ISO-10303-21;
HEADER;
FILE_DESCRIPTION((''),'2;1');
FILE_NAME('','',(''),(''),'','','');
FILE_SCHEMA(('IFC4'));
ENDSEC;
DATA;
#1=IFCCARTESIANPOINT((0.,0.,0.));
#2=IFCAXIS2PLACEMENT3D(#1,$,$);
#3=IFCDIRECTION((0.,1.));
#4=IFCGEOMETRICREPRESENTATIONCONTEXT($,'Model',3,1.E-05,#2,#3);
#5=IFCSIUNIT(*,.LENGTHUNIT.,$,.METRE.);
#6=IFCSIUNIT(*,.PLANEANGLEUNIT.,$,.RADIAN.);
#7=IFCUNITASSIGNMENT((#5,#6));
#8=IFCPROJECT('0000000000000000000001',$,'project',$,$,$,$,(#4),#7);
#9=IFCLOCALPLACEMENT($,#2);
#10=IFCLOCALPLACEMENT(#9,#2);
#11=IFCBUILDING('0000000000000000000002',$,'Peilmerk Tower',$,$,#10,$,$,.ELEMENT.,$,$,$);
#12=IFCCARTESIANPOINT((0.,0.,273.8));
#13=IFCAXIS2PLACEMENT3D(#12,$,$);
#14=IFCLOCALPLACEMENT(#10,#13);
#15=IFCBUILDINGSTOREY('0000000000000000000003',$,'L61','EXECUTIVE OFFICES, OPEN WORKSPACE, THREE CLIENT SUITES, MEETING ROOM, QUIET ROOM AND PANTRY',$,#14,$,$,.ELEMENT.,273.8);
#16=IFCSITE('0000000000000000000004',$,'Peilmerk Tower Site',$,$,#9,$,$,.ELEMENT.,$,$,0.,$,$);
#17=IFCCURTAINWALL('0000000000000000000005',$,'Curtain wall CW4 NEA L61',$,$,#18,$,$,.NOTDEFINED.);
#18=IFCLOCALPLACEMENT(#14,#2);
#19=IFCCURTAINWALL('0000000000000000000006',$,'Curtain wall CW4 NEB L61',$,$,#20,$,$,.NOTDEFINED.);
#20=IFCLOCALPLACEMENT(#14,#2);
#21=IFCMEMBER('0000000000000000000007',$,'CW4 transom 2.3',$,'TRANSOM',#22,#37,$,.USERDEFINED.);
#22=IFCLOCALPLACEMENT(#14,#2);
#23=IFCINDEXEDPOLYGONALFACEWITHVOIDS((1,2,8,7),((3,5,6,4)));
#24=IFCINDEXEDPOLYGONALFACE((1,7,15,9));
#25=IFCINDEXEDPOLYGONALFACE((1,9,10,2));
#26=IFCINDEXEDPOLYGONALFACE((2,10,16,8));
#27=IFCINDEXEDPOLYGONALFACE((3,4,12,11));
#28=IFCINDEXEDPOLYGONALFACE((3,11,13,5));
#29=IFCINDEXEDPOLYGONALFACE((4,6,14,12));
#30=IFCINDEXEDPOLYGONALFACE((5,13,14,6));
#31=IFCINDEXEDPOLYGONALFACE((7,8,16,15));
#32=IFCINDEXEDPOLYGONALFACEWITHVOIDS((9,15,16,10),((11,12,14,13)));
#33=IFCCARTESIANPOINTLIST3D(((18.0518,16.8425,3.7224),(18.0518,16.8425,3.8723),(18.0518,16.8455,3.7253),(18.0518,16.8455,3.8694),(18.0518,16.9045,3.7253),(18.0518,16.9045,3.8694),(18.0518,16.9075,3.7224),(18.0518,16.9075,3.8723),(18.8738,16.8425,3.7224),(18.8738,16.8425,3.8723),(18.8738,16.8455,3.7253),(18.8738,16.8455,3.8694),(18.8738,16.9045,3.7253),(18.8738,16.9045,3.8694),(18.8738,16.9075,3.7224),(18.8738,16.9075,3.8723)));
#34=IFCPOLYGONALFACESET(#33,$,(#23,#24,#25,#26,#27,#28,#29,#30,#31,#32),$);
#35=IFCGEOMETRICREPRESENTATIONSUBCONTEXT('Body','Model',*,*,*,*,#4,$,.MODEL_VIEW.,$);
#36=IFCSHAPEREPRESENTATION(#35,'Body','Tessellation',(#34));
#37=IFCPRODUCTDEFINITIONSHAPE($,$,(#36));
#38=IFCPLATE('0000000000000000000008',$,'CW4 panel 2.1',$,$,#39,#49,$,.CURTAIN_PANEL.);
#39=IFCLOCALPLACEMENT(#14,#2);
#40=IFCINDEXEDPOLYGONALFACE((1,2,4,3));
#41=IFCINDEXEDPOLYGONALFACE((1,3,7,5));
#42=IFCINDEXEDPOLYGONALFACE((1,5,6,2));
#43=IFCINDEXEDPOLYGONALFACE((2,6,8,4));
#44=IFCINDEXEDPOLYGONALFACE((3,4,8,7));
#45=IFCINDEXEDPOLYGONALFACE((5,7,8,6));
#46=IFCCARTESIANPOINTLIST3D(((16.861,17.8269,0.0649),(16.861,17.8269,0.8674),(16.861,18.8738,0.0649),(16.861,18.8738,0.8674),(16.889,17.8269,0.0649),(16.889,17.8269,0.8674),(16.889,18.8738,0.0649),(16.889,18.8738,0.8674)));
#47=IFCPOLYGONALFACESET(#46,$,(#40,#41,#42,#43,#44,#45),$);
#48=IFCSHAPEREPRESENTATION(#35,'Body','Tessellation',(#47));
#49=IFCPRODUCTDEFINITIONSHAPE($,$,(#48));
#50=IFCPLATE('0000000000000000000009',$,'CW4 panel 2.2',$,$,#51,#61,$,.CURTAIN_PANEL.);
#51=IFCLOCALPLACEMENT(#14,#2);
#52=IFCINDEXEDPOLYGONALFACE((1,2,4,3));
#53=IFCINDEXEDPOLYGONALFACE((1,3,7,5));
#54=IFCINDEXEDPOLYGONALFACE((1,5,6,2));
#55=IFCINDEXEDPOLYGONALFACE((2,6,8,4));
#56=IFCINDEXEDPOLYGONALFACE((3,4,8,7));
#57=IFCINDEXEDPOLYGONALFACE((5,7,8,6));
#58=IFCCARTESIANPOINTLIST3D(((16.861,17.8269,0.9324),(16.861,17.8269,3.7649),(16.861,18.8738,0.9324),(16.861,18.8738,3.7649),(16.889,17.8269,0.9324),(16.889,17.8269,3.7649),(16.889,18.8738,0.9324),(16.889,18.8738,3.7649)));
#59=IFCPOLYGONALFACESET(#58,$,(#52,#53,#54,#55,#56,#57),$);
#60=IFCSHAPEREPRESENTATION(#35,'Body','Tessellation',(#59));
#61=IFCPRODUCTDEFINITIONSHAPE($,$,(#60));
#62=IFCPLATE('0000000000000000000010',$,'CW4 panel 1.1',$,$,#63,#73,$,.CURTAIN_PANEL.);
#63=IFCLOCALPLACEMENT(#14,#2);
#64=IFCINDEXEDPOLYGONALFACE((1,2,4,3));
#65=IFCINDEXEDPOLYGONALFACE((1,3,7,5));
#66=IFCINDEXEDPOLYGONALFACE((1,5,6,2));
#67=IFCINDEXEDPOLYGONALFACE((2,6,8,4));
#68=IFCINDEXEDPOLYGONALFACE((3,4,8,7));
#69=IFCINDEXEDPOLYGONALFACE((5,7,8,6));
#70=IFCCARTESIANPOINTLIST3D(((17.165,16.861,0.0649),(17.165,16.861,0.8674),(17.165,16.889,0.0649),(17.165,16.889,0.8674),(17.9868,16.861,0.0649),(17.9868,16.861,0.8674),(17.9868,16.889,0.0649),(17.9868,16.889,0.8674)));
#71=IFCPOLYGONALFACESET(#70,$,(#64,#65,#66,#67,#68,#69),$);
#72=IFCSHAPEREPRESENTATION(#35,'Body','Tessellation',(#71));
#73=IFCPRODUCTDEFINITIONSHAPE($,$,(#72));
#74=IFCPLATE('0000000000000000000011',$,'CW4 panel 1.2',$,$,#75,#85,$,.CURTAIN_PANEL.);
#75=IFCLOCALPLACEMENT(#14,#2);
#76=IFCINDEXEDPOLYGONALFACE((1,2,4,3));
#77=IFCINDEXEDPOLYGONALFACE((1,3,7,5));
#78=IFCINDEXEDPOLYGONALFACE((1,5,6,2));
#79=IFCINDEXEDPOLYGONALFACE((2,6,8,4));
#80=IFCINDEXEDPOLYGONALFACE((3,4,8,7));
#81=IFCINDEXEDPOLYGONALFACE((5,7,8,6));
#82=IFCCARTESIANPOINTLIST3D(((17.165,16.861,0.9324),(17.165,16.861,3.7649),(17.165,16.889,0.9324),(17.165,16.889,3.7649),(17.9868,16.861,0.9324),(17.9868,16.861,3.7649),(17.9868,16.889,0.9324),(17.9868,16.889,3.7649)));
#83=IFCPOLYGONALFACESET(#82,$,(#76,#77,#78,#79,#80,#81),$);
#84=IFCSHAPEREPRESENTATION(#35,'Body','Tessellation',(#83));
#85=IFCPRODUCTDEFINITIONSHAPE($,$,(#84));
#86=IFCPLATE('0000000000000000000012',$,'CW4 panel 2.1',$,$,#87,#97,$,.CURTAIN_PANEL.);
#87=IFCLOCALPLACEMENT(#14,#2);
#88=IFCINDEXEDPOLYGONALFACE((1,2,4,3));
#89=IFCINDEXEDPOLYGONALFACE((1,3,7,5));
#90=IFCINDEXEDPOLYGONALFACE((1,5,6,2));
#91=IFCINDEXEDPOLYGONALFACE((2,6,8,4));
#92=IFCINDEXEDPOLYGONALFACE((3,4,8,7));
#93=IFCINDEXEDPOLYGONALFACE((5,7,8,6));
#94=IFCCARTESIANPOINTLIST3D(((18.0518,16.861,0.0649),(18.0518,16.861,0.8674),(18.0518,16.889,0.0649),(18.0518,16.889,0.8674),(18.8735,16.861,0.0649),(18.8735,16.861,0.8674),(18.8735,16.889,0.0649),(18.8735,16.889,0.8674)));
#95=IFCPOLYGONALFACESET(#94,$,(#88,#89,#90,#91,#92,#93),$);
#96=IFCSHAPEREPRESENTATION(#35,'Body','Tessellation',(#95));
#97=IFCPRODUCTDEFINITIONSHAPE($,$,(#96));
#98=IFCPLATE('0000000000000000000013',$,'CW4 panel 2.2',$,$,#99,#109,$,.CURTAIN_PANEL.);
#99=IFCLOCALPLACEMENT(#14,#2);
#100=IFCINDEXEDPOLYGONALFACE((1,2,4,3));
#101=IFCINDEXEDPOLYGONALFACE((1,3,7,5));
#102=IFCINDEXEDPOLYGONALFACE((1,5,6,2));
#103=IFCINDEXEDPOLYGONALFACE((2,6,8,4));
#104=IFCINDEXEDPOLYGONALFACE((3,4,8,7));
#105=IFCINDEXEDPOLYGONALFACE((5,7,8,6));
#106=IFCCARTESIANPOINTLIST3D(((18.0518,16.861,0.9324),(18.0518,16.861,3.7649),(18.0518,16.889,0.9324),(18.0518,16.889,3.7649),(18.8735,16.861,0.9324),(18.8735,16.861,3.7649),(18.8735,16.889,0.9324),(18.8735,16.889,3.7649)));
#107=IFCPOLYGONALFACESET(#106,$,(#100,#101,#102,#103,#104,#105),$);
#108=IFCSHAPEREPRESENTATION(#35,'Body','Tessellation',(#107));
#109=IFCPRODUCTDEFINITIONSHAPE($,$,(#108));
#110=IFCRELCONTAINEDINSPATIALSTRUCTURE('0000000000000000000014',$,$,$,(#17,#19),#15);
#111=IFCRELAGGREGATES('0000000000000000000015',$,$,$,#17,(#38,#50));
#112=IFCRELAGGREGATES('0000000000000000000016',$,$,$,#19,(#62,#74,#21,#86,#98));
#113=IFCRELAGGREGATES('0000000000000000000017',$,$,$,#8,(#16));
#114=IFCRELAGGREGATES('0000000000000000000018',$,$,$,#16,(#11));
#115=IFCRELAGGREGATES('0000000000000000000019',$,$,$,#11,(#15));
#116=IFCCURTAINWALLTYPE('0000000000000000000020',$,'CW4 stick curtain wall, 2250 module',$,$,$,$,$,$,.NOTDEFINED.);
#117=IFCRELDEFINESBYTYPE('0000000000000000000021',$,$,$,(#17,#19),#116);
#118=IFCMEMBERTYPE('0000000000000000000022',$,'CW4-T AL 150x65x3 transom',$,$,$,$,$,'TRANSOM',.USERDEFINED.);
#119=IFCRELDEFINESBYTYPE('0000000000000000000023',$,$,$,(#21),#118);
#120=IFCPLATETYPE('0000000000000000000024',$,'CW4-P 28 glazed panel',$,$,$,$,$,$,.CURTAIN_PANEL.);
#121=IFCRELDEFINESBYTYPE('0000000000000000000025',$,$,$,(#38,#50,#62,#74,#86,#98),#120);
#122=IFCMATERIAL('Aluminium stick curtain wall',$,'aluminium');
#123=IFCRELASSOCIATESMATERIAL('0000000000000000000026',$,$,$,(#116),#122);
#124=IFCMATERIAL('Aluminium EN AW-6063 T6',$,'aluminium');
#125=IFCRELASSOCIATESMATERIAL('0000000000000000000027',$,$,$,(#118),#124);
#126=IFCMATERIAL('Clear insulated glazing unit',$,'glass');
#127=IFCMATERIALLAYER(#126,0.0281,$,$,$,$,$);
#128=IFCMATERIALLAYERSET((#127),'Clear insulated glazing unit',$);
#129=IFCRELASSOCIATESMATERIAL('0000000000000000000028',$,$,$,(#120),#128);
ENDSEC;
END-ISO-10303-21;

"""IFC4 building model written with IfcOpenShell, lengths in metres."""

from ifc_helpers import new_model, si_unit, direction, frame, origin, origin_2d, place, context, subcontext, project, spatial, rectangle, hollow_rectangle, extrude, material, layer, layer_set, material_profile, profile_set, type_object, element, aggregate, save


model = new_model("IFC4")

# Units and contexts
model_context = context("Model", 3, precision=1e-05, world=origin(), true_north=direction((0.0, 1.0)))
body_context = subcontext(model_context, "Body", "Model", "MODEL_VIEW")
ifc_project = project(units=[si_unit("LENGTHUNIT", "METRE"), si_unit("PLANEANGLEUNIT", "RADIAN")], contexts=[model_context])

# Site, building, storey
site_placement = place(None, origin())
site = spatial("IfcSite", under=ifc_project, at=site_placement, Name="Peilmerk Tower Site", CompositionType="ELEMENT", RefElevation=0.0)
building_placement = place(site_placement, origin())
building = spatial("IfcBuilding", under=site, at=building_placement, Name="Peilmerk Tower", CompositionType="ELEMENT")
storey_placement = place(building_placement, frame((0.0, 0.0, 273.8)))
storey = spatial("IfcBuildingStorey", under=building, at=storey_placement, Name="L61", Description="EXECUTIVE OFFICES, OPEN WORKSPACE, THREE CLIENT SUITES, MEETING ROOM, QUIET ROOM AND PANTRY", CompositionType="ELEMENT", Elevation=273.8)

# Curtain wall
ifc_material_1 = material(Name="Aluminium stick curtain wall", Category="aluminium")
curtain_wall_type = type_object("IfcCurtainWallType", Name="CW4 stick curtain wall, 2250 module", PredefinedType="NOTDEFINED", material=ifc_material_1)
curtain_wall_1_placement = place(storey_placement, origin())
curtain_wall_1 = element("IfcCurtainWall", 1, at=curtain_wall_1_placement, inside=storey, type_object=curtain_wall_type, Name="Curtain wall CW4 NEA L61", PredefinedType="NOTDEFINED")
ifc_material_2 = material(Name="Aluminium EN AW-6063 T6", Category="aluminium")

# Curtain wall
curtain_wall_2_placement = place(storey_placement, origin())
curtain_wall_2 = element("IfcCurtainWall", 2, at=curtain_wall_2_placement, inside=storey, type_object=curtain_wall_type, Name="Curtain wall CW4 NEB L61", PredefinedType="NOTDEFINED")

# Member
ifc_material_profile_1 = material_profile(ifc_material_2, hollow_rectangle(XDim=0.0649, YDim=0.1499, WallThickness=0.0029, at=origin_2d()), Name="AL 150x65x3")
ifc_profile_set_1 = profile_set([ifc_material_profile_1], Name="Aluminium EN AW-6063 T6")
member_type_1 = type_object("IfcMemberType", Name="CW4-T AL 150x65x3 transom", ElementType="TRANSOM", PredefinedType="USERDEFINED", material=ifc_profile_set_1)
member_1_placement = place(storey_placement, frame((18.0518, 16.875, 3.7974), z_axis=(1.0, 0.0, 0.0), x_axis=(0.0, 1.0, 0.0)))
member_1 = element("IfcMember", 3, at=member_1_placement, type_object=member_type_1, Name="CW4 transom 2.3", ObjectType="TRANSOM", PredefinedType="USERDEFINED", context=body_context, shape_type="SweptSolid", body=[
    extrude(hollow_rectangle(XDim=0.0649, YDim=0.1499, WallThickness=0.0029, at=origin_2d()), origin(), (0.0, 0.0, 1.0), 0.822),
])

# Plates
ifc_material_3 = material(Name="Clear insulated glazing unit", Category="glass")
ifc_layer_1 = layer(ifc_material_3, 0.0281)
ifc_layer_set_1 = layer_set([ifc_layer_1], Name="Clear insulated glazing unit")
plate_type = type_object("IfcPlateType", Name="CW4-P 28 glazed panel", PredefinedType="CURTAIN_PANEL", material=ifc_layer_set_1)
plate_1_placement = place(storey_placement, frame((16.875, 18.3503, 0.0649), z_axis=(0.0, 0.0, 1.0), x_axis=(0.0, 1.0, 0.0)))
plate_1 = element("IfcPlate", 4, at=plate_1_placement, type_object=plate_type, Name="CW4 panel 2.1", PredefinedType="CURTAIN_PANEL", context=body_context, shape_type="SweptSolid", body=[
    extrude(rectangle(XDim=1.0469, YDim=0.0281, at=origin_2d()), origin(), (0.0, 0.0, 1.0), 0.8025),
])
plate_2_placement = place(storey_placement, frame((16.875, 18.3503, 0.9324), z_axis=(0.0, 0.0, 1.0), x_axis=(0.0, 1.0, 0.0)))
plate_2 = element("IfcPlate", 5, at=plate_2_placement, type_object=plate_type, Name="CW4 panel 2.2", PredefinedType="CURTAIN_PANEL", context=body_context, shape_type="SweptSolid", body=[
    extrude(rectangle(XDim=1.0469, YDim=0.0281, at=origin_2d()), origin(), (0.0, 0.0, 1.0), 2.8325),
])
aggregate(curtain_wall_1, [plate_1, plate_2])
plate_3_placement = place(storey_placement, frame((17.5759, 16.875, 0.0649), z_axis=(0.0, 0.0, 1.0), x_axis=(1.0, 0.0, 0.0)))
plate_3 = element("IfcPlate", 6, at=plate_3_placement, type_object=plate_type, Name="CW4 panel 1.1", PredefinedType="CURTAIN_PANEL", context=body_context, shape_type="SweptSolid", body=[
    extrude(rectangle(XDim=0.8218, YDim=0.0281, at=origin_2d()), origin(), (0.0, 0.0, 1.0), 0.8025),
])
plate_4_placement = place(storey_placement, frame((17.5759, 16.875, 0.9324), z_axis=(0.0, 0.0, 1.0), x_axis=(1.0, 0.0, 0.0)))
plate_4 = element("IfcPlate", 7, at=plate_4_placement, type_object=plate_type, Name="CW4 panel 1.2", PredefinedType="CURTAIN_PANEL", context=body_context, shape_type="SweptSolid", body=[
    extrude(rectangle(XDim=0.8218, YDim=0.0281, at=origin_2d()), origin(), (0.0, 0.0, 1.0), 2.8325),
])
plate_5_placement = place(storey_placement, frame((18.4626, 16.875, 0.0649), z_axis=(0.0, 0.0, 1.0), x_axis=(1.0, 0.0, 0.0)))
plate_5 = element("IfcPlate", 8, at=plate_5_placement, type_object=plate_type, Name="CW4 panel 2.1", PredefinedType="CURTAIN_PANEL", context=body_context, shape_type="SweptSolid", body=[
    extrude(rectangle(XDim=0.8218, YDim=0.0281, at=origin_2d()), origin(), (0.0, 0.0, 1.0), 0.8025),
])
plate_6_placement = place(storey_placement, frame((18.4626, 16.875, 0.9324), z_axis=(0.0, 0.0, 1.0), x_axis=(1.0, 0.0, 0.0)))
plate_6 = element("IfcPlate", 9, at=plate_6_placement, type_object=plate_type, Name="CW4 panel 2.2", PredefinedType="CURTAIN_PANEL", context=body_context, shape_type="SweptSolid", body=[
    extrude(rectangle(XDim=0.8218, YDim=0.0281, at=origin_2d()), origin(), (0.0, 0.0, 1.0), 2.8325),
])
aggregate(curtain_wall_2, [plate_3, plate_4, member_1, plate_5, plate_6])

save(model, "model.ifc")
